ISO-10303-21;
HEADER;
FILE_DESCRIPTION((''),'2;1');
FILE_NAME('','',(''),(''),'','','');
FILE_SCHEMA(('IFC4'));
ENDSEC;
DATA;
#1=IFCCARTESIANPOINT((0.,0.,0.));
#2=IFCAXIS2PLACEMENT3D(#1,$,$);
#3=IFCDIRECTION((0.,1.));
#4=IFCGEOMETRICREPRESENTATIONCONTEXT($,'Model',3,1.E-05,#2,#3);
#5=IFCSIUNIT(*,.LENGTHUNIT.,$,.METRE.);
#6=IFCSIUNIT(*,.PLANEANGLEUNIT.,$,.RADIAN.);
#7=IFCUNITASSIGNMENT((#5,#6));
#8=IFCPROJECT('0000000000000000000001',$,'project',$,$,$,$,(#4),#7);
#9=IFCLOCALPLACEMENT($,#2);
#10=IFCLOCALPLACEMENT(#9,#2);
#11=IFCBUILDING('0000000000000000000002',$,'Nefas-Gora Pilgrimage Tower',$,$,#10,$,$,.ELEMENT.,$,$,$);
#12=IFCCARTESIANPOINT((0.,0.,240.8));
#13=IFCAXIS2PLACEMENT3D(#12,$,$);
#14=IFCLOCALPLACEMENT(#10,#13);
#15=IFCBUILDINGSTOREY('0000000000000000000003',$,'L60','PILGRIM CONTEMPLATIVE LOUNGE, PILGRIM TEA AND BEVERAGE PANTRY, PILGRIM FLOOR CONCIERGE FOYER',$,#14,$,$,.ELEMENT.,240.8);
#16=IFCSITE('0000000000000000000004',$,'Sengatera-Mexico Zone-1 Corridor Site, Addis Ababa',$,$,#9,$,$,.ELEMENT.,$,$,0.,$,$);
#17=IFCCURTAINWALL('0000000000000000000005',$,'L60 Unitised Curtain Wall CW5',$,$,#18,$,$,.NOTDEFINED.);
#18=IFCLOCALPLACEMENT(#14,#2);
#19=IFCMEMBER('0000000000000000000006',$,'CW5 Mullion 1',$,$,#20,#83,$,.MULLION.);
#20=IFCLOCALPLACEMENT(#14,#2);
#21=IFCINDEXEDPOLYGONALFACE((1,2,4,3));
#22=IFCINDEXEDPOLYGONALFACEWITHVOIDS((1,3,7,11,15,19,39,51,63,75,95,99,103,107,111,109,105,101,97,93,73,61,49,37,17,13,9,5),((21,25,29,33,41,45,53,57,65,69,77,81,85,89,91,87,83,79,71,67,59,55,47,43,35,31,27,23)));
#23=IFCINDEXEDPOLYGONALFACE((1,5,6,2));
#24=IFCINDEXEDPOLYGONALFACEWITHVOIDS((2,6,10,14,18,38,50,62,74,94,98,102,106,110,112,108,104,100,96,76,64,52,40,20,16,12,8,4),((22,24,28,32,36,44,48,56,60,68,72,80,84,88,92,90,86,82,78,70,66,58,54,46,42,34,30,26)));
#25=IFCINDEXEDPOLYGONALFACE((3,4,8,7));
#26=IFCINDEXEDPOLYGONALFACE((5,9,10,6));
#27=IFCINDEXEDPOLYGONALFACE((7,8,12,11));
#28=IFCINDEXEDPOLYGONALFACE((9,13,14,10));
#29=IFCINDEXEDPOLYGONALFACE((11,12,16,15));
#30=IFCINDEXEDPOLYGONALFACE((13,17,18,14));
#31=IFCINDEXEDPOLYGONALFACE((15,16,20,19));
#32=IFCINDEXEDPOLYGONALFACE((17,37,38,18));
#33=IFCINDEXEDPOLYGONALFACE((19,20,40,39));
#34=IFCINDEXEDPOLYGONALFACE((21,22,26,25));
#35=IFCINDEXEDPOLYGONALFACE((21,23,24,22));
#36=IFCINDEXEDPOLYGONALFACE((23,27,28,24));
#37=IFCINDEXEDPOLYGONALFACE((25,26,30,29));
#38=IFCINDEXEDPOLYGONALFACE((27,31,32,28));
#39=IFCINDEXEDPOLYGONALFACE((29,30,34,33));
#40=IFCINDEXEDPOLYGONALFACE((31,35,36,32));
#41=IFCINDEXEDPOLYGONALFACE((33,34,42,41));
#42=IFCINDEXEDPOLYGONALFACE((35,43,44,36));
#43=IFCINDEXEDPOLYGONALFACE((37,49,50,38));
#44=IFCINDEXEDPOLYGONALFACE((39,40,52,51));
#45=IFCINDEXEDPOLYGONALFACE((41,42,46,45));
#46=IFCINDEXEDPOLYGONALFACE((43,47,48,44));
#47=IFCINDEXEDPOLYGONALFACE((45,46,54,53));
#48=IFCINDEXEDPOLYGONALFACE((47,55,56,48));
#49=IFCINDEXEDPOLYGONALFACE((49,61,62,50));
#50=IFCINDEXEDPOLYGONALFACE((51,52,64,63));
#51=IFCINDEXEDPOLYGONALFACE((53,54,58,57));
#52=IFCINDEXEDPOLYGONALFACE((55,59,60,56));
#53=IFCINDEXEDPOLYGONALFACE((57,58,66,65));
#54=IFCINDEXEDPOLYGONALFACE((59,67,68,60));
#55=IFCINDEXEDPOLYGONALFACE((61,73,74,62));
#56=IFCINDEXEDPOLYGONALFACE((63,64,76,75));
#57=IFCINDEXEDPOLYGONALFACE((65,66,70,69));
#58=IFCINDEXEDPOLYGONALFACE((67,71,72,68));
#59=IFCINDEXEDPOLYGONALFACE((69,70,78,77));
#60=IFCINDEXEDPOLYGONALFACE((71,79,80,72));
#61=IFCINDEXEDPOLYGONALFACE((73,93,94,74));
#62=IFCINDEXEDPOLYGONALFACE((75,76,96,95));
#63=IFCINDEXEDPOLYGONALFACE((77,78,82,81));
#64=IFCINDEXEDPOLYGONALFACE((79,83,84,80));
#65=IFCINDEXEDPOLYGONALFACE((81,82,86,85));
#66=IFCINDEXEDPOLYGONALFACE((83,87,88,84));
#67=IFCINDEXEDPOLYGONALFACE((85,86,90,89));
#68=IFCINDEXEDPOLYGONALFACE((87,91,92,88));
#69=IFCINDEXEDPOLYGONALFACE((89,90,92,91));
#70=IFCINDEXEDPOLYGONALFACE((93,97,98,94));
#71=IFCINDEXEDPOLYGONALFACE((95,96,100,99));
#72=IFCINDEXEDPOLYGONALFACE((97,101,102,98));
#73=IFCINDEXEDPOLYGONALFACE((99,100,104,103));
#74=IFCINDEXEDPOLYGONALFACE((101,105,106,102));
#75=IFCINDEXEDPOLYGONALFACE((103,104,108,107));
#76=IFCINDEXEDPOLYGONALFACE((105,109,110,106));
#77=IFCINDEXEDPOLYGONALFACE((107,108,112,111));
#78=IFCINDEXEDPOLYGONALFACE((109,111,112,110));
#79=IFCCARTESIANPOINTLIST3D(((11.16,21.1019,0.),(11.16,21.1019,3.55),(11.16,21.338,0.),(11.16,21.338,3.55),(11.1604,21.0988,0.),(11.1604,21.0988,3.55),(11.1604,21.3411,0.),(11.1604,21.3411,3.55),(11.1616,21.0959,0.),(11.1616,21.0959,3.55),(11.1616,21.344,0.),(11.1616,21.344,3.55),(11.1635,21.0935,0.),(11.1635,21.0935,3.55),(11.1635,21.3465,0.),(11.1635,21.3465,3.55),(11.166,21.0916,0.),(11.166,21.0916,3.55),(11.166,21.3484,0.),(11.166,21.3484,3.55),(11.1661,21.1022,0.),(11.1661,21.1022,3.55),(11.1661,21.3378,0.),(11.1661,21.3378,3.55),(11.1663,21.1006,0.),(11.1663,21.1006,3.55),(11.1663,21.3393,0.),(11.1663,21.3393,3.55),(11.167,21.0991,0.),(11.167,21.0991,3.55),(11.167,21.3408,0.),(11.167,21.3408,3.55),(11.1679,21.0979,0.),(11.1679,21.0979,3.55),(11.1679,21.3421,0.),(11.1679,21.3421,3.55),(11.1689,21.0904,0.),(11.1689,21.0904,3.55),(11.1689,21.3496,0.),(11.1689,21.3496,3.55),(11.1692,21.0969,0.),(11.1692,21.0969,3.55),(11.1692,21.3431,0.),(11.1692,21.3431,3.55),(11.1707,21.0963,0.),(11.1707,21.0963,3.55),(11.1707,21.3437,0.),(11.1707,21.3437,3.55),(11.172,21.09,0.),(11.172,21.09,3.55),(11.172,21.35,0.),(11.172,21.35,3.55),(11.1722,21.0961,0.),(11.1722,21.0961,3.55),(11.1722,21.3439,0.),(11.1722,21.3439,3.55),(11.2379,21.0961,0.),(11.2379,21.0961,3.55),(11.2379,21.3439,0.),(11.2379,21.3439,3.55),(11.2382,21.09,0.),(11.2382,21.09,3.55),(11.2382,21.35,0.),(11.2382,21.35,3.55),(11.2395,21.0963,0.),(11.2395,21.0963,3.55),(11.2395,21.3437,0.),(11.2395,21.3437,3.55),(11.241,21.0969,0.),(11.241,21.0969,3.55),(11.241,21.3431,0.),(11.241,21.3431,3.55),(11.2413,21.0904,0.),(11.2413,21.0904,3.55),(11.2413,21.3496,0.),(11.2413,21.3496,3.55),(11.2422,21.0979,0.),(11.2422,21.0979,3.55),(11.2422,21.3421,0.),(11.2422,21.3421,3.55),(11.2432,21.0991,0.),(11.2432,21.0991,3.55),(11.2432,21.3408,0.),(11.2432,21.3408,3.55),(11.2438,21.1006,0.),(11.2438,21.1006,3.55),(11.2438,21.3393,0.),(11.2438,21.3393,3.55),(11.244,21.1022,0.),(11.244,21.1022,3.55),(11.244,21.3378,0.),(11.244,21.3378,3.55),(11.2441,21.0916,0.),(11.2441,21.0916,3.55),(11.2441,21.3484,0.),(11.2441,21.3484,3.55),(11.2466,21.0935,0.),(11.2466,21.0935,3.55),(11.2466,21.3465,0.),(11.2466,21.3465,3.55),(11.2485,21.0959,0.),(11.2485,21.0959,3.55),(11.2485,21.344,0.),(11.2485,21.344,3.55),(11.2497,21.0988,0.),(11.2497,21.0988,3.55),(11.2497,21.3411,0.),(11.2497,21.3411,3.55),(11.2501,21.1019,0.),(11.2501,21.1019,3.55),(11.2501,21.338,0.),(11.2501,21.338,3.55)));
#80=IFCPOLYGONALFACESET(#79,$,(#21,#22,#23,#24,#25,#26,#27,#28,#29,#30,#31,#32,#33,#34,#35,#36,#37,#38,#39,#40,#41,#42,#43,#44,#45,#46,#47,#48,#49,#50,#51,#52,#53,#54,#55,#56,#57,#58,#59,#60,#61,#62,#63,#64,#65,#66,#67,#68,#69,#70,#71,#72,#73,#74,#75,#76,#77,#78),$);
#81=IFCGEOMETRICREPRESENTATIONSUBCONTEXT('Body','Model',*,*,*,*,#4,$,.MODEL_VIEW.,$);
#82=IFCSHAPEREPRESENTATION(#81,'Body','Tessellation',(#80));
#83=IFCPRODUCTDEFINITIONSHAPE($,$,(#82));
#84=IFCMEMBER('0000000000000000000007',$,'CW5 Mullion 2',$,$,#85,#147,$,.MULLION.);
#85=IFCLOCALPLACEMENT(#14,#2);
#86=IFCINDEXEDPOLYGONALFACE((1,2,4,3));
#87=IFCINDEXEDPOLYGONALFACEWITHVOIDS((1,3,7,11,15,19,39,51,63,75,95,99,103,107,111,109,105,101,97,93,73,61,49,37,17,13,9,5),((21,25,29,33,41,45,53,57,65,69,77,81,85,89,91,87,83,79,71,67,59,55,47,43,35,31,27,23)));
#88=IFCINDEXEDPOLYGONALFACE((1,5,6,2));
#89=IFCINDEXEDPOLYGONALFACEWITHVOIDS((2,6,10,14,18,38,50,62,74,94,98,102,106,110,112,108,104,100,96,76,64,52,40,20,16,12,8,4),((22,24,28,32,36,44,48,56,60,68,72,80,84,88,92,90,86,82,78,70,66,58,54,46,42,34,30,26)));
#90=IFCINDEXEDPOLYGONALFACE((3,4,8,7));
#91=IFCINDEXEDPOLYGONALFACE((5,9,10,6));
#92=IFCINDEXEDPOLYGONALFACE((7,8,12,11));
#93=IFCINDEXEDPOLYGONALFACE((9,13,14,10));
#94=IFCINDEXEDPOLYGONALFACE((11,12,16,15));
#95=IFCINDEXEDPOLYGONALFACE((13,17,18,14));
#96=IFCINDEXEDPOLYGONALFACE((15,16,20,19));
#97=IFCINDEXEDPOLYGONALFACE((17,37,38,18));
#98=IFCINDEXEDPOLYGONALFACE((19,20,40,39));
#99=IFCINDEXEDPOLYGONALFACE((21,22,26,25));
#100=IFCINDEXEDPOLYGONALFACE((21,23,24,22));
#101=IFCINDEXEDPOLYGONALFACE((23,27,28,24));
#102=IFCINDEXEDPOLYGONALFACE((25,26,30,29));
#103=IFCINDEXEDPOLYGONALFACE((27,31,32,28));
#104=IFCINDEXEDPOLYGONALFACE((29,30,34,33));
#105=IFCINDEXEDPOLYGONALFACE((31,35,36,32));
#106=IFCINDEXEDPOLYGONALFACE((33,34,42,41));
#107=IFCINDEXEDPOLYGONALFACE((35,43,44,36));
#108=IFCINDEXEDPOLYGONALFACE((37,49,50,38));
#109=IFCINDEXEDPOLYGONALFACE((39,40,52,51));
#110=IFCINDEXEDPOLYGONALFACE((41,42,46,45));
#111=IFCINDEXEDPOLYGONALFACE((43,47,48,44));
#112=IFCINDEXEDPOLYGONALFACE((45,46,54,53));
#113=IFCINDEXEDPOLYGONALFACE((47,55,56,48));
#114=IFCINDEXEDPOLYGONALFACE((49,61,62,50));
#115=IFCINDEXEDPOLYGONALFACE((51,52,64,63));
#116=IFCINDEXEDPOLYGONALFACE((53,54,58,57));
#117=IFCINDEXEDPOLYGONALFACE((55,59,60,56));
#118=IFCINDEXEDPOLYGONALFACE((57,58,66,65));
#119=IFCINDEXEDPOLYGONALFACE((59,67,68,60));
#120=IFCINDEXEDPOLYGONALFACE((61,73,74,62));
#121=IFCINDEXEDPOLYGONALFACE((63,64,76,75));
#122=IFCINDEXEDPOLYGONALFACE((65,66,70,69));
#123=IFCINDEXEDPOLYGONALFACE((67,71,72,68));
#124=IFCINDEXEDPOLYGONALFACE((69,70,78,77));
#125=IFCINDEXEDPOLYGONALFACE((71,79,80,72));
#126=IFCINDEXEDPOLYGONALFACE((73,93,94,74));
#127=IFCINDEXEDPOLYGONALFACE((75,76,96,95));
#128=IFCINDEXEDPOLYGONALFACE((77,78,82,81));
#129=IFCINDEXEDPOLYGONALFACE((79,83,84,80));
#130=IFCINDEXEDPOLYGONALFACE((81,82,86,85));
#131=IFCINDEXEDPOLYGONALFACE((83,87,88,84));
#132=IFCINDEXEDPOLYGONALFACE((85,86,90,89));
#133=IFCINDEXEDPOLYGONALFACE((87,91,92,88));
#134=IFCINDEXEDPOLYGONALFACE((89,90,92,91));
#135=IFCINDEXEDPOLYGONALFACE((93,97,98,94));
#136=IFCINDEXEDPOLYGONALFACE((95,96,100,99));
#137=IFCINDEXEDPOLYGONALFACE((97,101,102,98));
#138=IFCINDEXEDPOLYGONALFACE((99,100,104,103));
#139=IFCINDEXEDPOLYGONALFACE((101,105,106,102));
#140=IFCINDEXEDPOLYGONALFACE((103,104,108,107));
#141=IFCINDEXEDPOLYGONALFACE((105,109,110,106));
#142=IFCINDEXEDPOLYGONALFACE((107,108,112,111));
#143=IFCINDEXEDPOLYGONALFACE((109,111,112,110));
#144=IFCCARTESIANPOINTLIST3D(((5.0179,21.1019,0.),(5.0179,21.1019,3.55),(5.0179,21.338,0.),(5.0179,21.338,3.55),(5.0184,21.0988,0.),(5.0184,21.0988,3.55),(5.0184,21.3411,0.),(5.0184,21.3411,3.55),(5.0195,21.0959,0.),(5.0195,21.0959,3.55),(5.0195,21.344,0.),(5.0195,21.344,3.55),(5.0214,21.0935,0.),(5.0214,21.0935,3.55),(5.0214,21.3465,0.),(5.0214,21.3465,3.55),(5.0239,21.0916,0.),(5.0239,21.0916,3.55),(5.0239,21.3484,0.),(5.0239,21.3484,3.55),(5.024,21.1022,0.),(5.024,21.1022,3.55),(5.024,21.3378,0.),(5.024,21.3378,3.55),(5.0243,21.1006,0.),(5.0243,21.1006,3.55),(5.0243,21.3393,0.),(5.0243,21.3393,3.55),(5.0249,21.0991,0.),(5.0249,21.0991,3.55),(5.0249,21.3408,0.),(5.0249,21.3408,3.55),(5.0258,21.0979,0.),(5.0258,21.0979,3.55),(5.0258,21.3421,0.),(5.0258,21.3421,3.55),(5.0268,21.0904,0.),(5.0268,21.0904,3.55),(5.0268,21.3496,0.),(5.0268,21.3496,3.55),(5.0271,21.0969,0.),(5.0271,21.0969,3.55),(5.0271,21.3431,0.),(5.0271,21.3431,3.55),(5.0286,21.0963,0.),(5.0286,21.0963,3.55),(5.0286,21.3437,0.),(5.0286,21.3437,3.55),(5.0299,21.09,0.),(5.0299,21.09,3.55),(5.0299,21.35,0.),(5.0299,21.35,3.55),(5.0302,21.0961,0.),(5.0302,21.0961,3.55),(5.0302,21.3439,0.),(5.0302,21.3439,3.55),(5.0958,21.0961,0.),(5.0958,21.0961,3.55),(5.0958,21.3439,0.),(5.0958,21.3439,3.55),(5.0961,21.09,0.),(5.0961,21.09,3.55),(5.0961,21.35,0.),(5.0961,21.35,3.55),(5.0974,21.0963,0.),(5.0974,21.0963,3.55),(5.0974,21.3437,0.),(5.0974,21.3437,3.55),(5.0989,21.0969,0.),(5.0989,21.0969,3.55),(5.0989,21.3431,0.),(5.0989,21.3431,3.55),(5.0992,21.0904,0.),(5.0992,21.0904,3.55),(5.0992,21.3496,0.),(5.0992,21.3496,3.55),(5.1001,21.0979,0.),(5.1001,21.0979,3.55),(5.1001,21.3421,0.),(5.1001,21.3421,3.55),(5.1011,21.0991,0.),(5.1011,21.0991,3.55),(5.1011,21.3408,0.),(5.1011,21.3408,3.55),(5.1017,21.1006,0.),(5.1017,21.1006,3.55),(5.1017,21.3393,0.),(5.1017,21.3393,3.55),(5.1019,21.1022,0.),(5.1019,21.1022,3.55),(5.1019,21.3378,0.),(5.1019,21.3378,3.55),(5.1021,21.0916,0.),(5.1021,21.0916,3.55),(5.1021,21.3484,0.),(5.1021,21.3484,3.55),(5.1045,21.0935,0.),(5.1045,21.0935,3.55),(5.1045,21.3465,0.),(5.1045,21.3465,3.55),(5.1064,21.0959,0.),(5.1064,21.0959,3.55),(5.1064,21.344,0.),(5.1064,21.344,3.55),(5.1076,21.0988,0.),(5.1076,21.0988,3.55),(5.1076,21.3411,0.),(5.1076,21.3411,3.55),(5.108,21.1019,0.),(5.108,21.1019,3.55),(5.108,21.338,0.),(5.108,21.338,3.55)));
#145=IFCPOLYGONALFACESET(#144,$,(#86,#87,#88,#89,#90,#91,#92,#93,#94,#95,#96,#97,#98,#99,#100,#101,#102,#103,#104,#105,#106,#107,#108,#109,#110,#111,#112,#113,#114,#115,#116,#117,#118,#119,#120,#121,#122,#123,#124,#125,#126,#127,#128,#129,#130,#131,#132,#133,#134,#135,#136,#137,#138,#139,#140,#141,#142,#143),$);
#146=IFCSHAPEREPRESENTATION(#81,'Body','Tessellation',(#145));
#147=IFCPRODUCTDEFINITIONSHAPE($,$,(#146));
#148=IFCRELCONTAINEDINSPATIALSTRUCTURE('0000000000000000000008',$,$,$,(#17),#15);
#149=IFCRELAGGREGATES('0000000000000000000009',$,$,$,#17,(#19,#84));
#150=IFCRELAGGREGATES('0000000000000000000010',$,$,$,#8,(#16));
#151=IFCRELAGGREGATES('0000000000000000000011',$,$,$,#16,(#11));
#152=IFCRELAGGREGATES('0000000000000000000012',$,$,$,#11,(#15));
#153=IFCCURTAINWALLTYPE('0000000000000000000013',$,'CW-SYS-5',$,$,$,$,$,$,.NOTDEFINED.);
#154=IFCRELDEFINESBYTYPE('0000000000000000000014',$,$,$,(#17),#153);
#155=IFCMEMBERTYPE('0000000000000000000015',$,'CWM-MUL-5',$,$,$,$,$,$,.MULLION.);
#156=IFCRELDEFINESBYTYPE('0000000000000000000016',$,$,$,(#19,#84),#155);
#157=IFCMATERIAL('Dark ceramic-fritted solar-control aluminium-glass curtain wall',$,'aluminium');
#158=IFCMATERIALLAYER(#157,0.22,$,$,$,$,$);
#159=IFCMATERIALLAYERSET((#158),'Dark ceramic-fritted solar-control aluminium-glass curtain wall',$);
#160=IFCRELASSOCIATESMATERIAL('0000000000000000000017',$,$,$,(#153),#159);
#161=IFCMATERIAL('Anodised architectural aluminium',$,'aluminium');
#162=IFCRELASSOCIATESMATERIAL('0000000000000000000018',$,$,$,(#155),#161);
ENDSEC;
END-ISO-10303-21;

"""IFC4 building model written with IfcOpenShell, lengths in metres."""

from ifc_helpers import new_model, si_unit, direction, frame, origin, origin_2d, place, context, subcontext, project, spatial, hollow_rectangle, extrude, source, transform, mapped, material, layer, layer_set, material_profile, profile_set, type_object, element, aggregate, save


model = new_model("IFC4")

# Units and contexts
model_context = context("Model", 3, precision=1e-05, world=origin(), true_north=direction((0.0, 1.0)))
body_context = subcontext(model_context, "Body", "Model", "MODEL_VIEW")
ifc_project = project(units=[si_unit("LENGTHUNIT", "METRE"), si_unit("PLANEANGLEUNIT", "RADIAN")], contexts=[model_context])

# Site, building, storey
site_placement = place(None, origin())
site = spatial("IfcSite", under=ifc_project, at=site_placement, Name="Sengatera-Mexico Zone-1 Corridor Site, Addis Ababa", CompositionType="ELEMENT", RefElevation=0.0)
building_placement = place(site_placement, origin())
building = spatial("IfcBuilding", under=site, at=building_placement, Name="Nefas-Gora Pilgrimage Tower", CompositionType="ELEMENT")
storey_placement = place(building_placement, frame((0.0, 0.0, 240.8)))
storey = spatial("IfcBuildingStorey", under=building, at=storey_placement, Name="L60", Description="PILGRIM CONTEMPLATIVE LOUNGE, PILGRIM TEA AND BEVERAGE PANTRY, PILGRIM FLOOR CONCIERGE FOYER", CompositionType="ELEMENT", Elevation=240.8)

# Curtain wall, members
ifc_material_1 = material(Name="Dark ceramic-fritted solar-control aluminium-glass curtain wall", Category="aluminium")
ifc_layer_1 = layer(ifc_material_1, 0.22)
ifc_layer_set_1 = layer_set([ifc_layer_1], Name="Dark ceramic-fritted solar-control aluminium-glass curtain wall")
curtain_wall_type_1 = type_object("IfcCurtainWallType", Name="CW-SYS-5", PredefinedType="NOTDEFINED", material=ifc_layer_set_1)
curtain_wall_1_placement = place(storey_placement, origin())
curtain_wall_1 = element("IfcCurtainWall", 1, at=curtain_wall_1_placement, inside=storey, type_object=curtain_wall_type_1, Name="L60 Unitised Curtain Wall CW5", PredefinedType="NOTDEFINED")
ifc_material_2 = material(Name="Anodised architectural aluminium", Category="aluminium")
ifc_material_profile_1 = material_profile(ifc_material_2, hollow_rectangle(XDim=0.0901, YDim=0.26, WallThickness=0.0061, InnerFilletRadius=0.0061, OuterFilletRadius=0.012, at=origin_2d()), Name="ALU MULLION 90x260")
ifc_profile_set_1 = profile_set([ifc_material_profile_1], Name="Anodised architectural aluminium")
member_type_1 = type_object("IfcMemberType", Name="CWM-MUL-5", PredefinedType="MULLION", material=ifc_profile_set_1)
shared_shape_1 = source(origin(), body_context, "Body", "SweptSolid", [
    extrude(hollow_rectangle(XDim=0.0901, YDim=0.26, WallThickness=0.0061, InnerFilletRadius=0.0061, OuterFilletRadius=0.012, at=origin_2d()), origin(), (0.0, 0.0, 1.0), 3.55),
])
member_1_placement = place(storey_placement, frame((11.2051, 21.22, 0.0), z_axis=(0.0, 0.0, 1.0), x_axis=(-1.0, 0.0, 0.0)))
member_1 = element("IfcMember", 2, at=member_1_placement, type_object=member_type_1, Name="CW5 Mullion 1", PredefinedType="MULLION", context=body_context, shape_type="MappedRepresentation", body=[
    mapped(shared_shape_1, transform((0.0, 0.0, 0.0), x_axis=(1.0, 0.0, 0.0), y_axis=(0.0, 1.0, 0.0), z_axis=(0.0, 0.0, 1.0), scale=1.0)),
])
member_2_placement = place(storey_placement, frame((5.063, 21.22, 0.0), z_axis=(0.0, 0.0, 1.0), x_axis=(-1.0, 0.0, 0.0)))
member_2 = element("IfcMember", 3, at=member_2_placement, type_object=member_type_1, Name="CW5 Mullion 2", PredefinedType="MULLION", context=body_context, shape_type="MappedRepresentation", body=[
    mapped(shared_shape_1, transform((0.0, 0.0, 0.0), x_axis=(1.0, 0.0, 0.0), y_axis=(0.0, 1.0, 0.0), z_axis=(0.0, 0.0, 1.0), scale=1.0)),
])

aggregate(curtain_wall_1, [member_1, member_2])

save(model, "model.ifc")
